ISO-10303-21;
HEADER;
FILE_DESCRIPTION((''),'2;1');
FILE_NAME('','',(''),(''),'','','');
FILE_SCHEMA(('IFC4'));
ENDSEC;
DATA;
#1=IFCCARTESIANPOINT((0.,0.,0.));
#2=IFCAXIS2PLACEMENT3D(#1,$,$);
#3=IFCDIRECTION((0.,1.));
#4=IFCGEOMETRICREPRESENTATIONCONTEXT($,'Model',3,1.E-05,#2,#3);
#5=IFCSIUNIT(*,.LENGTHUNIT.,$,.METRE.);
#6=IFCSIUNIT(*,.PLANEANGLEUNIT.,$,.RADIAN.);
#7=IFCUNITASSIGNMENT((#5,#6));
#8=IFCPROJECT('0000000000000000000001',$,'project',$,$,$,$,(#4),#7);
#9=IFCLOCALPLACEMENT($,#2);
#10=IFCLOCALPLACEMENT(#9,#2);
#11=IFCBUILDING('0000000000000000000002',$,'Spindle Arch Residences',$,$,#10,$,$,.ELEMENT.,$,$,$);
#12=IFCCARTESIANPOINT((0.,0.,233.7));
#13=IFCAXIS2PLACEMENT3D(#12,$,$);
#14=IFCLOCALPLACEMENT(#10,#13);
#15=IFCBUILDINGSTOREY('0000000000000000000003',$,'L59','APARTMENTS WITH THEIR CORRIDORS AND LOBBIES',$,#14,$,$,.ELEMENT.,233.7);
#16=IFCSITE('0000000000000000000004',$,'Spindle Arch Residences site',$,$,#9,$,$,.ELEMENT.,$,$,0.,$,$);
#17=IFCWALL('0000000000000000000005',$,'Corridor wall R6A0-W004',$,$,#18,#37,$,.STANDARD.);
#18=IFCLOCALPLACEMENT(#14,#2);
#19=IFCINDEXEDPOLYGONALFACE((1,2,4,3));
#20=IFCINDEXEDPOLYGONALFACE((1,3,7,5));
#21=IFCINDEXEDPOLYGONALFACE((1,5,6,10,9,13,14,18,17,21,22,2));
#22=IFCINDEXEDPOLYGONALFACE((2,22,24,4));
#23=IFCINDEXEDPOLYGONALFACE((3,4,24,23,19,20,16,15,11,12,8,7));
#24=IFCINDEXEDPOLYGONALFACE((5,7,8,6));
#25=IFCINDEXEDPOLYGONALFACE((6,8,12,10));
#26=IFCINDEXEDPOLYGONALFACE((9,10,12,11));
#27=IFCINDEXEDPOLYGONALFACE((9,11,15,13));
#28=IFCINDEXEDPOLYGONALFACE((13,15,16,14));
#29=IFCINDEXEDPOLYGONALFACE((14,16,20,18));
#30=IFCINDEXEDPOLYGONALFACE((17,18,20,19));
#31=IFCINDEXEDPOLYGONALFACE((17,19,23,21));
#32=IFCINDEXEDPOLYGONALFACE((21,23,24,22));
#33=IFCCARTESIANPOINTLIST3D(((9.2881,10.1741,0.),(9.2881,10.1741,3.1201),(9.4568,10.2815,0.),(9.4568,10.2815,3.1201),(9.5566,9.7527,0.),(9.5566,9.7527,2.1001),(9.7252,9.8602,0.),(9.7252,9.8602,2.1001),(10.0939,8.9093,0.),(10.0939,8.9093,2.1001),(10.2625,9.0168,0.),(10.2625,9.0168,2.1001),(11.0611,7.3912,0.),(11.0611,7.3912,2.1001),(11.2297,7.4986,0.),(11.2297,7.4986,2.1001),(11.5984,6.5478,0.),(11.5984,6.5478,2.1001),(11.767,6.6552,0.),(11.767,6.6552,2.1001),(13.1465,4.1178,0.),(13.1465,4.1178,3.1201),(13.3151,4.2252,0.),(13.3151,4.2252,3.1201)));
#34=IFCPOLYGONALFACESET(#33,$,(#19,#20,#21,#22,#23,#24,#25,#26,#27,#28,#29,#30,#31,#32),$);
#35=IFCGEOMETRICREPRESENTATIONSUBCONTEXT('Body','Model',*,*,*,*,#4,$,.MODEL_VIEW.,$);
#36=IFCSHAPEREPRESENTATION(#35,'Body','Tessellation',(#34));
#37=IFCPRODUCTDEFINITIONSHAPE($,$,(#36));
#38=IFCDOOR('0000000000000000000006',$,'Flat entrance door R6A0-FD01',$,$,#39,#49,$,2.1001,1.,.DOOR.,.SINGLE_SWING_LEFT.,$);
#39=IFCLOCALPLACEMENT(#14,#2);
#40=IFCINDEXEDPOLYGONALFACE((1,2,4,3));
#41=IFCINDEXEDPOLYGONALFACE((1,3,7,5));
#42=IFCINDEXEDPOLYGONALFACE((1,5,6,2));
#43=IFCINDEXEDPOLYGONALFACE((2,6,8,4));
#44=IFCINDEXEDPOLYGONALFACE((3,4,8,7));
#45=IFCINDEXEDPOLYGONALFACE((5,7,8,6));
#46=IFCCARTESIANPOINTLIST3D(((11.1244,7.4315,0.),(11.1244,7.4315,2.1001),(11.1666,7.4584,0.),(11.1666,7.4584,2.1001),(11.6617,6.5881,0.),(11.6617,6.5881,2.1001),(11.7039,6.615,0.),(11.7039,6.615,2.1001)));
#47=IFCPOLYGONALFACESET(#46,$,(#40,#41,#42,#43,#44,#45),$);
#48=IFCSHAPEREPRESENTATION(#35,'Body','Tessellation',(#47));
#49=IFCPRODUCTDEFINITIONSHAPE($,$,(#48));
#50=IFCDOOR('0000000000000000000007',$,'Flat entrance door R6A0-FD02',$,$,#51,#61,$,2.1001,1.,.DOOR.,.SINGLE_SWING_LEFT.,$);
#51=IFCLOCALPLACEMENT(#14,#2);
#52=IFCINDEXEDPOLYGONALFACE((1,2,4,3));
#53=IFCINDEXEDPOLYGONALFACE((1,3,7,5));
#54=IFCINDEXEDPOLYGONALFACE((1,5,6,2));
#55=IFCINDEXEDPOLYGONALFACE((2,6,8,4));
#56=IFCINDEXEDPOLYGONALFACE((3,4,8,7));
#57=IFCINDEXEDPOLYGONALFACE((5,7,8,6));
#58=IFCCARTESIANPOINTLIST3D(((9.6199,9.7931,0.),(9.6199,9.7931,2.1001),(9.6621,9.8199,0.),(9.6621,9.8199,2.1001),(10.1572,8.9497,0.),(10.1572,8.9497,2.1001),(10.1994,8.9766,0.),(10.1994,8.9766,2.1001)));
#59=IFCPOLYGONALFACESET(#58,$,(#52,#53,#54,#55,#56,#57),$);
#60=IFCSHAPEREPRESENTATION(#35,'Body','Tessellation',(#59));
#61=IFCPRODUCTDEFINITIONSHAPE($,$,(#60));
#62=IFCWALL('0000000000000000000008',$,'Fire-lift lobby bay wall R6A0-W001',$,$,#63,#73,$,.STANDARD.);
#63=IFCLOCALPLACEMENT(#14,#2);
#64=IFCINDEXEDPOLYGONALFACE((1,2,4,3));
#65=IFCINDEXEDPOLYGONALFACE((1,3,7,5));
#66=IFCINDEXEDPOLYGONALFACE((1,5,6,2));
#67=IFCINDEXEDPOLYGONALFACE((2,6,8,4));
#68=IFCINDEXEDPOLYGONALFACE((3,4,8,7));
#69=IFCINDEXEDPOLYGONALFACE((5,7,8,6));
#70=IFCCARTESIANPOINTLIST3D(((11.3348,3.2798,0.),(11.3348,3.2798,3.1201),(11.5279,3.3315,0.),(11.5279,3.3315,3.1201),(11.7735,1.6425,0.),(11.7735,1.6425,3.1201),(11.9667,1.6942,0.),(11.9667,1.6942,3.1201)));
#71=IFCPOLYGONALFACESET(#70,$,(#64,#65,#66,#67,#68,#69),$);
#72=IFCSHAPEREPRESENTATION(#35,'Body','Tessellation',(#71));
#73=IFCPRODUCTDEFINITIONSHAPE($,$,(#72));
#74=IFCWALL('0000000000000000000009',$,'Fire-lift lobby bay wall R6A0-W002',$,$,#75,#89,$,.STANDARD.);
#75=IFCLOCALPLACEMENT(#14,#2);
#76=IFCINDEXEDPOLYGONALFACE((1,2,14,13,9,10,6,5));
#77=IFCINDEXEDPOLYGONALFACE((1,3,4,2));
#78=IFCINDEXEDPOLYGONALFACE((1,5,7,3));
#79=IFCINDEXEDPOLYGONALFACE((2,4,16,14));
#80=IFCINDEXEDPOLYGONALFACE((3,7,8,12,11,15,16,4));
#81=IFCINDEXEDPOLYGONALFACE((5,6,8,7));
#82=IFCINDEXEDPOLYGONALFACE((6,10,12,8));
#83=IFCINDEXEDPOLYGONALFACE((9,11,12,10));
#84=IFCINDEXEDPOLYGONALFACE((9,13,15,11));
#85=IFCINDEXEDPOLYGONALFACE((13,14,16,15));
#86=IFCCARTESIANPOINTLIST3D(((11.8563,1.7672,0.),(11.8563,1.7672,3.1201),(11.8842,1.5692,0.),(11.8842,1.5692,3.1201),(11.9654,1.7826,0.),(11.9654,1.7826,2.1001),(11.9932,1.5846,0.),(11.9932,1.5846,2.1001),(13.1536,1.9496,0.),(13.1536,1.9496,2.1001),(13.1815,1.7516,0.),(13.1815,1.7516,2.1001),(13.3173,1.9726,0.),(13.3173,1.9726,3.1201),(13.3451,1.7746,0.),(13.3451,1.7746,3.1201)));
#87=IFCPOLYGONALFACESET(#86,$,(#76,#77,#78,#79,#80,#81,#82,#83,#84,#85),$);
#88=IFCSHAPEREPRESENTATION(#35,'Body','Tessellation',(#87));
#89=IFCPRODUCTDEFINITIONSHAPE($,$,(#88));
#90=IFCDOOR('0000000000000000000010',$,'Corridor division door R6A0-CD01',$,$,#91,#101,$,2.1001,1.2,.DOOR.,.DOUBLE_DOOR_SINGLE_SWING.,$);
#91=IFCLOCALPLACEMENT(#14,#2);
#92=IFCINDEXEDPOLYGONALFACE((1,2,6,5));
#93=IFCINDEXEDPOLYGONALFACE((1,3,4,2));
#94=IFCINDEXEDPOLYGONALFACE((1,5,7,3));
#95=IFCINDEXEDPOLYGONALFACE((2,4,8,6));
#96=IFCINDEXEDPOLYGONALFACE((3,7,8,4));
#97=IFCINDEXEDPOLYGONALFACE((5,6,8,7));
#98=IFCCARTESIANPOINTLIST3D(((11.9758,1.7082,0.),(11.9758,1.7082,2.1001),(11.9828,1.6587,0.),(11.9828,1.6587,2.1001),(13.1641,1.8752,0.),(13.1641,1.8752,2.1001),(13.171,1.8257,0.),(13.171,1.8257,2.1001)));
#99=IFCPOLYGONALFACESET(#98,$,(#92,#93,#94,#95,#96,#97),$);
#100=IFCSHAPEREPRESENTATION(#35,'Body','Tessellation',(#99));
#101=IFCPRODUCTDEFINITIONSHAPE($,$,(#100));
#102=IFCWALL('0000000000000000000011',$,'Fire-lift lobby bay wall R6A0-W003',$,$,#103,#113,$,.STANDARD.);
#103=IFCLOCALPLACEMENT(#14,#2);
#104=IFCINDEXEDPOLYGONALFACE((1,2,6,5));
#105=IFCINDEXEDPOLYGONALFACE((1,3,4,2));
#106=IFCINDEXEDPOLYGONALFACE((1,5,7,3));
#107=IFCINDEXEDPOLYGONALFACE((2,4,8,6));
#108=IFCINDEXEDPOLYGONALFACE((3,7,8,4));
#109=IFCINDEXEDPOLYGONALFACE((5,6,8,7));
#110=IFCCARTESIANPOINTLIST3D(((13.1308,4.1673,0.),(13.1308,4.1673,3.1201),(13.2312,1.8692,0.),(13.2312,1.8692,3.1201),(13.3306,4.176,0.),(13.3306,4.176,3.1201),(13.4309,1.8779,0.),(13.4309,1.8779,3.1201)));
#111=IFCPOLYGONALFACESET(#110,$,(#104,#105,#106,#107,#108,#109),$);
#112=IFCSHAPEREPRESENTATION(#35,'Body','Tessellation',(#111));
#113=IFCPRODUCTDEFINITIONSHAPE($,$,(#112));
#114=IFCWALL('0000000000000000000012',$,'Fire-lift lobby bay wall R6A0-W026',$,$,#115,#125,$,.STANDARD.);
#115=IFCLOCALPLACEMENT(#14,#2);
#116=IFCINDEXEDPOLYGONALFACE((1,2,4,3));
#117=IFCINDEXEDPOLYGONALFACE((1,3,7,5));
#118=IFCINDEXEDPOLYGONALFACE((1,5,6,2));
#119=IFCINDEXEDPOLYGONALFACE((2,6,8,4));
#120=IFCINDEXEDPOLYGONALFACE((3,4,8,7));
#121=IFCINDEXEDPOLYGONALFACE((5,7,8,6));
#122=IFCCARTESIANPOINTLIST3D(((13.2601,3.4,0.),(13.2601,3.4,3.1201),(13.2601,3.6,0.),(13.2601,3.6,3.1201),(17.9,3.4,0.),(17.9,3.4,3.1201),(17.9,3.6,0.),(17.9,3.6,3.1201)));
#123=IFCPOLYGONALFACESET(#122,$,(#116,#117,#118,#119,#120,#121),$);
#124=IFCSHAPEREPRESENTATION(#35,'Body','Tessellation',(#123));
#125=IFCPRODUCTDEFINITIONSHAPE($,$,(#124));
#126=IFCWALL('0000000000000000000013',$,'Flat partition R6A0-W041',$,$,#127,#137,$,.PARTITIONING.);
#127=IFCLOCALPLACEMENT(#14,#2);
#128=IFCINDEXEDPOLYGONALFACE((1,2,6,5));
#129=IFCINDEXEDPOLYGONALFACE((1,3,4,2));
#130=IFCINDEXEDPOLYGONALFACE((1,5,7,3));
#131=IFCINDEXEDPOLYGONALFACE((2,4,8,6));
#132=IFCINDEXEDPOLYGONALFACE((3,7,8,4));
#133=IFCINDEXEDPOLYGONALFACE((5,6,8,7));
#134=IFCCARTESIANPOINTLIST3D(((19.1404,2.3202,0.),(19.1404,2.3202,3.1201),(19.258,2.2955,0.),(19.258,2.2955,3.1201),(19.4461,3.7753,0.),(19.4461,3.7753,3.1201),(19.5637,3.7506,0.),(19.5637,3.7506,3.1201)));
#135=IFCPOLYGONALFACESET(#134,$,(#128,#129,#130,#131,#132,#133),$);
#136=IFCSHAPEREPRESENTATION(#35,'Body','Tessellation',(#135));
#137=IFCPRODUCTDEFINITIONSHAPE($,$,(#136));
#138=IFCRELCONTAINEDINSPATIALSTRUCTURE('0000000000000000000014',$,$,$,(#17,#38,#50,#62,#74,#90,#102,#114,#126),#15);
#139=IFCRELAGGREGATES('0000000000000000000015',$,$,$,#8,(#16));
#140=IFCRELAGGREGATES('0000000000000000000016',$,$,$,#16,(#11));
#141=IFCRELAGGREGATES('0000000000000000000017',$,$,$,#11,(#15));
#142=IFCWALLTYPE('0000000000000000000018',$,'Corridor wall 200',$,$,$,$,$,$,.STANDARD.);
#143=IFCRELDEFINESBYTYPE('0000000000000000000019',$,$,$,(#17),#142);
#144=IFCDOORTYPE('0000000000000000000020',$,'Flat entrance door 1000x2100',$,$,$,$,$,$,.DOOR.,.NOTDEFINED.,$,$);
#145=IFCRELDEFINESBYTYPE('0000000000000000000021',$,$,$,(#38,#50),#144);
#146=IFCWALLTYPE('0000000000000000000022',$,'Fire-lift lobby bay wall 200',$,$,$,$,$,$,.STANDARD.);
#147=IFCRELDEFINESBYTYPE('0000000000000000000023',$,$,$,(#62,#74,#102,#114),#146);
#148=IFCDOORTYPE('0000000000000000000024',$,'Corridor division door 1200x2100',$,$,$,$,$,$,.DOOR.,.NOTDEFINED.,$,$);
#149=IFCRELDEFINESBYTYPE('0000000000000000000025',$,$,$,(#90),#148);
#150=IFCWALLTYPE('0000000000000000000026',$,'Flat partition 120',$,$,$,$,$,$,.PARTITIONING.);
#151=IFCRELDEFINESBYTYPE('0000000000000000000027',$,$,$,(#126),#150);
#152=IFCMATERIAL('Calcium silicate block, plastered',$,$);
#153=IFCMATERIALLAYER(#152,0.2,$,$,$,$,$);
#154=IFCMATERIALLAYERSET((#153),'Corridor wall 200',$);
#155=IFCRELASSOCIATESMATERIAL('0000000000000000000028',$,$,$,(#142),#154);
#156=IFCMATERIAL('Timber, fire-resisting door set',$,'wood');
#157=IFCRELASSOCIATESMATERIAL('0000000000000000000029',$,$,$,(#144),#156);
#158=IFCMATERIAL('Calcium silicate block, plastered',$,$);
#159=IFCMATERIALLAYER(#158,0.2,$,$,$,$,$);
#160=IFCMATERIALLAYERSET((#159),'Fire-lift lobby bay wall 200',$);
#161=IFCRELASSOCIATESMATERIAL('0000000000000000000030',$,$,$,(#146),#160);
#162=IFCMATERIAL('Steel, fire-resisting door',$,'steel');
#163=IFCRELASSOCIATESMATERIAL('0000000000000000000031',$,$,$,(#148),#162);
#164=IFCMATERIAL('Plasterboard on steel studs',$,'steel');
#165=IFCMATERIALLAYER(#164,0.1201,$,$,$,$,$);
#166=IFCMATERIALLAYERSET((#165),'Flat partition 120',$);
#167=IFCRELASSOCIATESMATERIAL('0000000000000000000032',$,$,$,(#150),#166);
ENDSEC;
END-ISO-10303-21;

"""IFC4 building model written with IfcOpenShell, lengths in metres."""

from ifc_helpers import new_model, si_unit, direction, frame, frame_2d, origin, place, context, subcontext, project, spatial, rectangle, extrude, material, layer, layer_set, type_object, element, fill, save


model = new_model("IFC4")

# Units and contexts
model_context = context("Model", 3, precision=1e-05, world=origin(), true_north=direction((0.0, 1.0)))
body_context = subcontext(model_context, "Body", "Model", "MODEL_VIEW")
ifc_project = project(units=[si_unit("LENGTHUNIT", "METRE"), si_unit("PLANEANGLEUNIT", "RADIAN")], contexts=[model_context])

# Site, building, storey
site_placement = place(None, origin())
site = spatial("IfcSite", under=ifc_project, at=site_placement, Name="Spindle Arch Residences site", CompositionType="ELEMENT", RefElevation=0.0)
building_placement = place(site_placement, origin())
building = spatial("IfcBuilding", under=site, at=building_placement, Name="Spindle Arch Residences", CompositionType="ELEMENT")
storey_placement = place(building_placement, frame((0.0, 0.0, 233.7)))
storey = spatial("IfcBuildingStorey", under=building, at=storey_placement, Name="L59", Description="APARTMENTS WITH THEIR CORRIDORS AND LOBBIES", CompositionType="ELEMENT", Elevation=233.7)

# Wall, openings, doors
ifc_material_1 = material(Name="Calcium silicate block, plastered")
ifc_layer_1 = layer(ifc_material_1, 0.2)
ifc_layer_set_1 = layer_set([ifc_layer_1], Name="Corridor wall 200")
wall_type_1 = type_object("IfcWallType", Name="Corridor wall 200", PredefinedType="STANDARD", material=ifc_layer_set_1)
wall_1_placement = place(storey_placement, frame((13.2307, 4.1716, 0.0), z_axis=(0.0, 0.0, 1.0), x_axis=(-0.537304, 0.843388, 0.0)))
wall_1 = element("IfcWall", 1, at=wall_1_placement, inside=storey, type_object=wall_type_1, Name="Corridor wall R6A0-W004", PredefinedType="STANDARD", context=body_context, shape_type="SweptSolid", body=[
    extrude(rectangle(XDim=7.1809, YDim=0.2, at=frame_2d((3.5903, 0.0))), origin(), (0.0, 0.0, 1.0), 3.1201),
])
opening_1_placement = place(wall_1_placement, frame((2.8811, 0.0, 0.0)))
opening_1 = element("IfcOpeningElement", 2, at=opening_1_placement, cuts=wall_1, PredefinedType="OPENING", context=body_context, shape_type="SweptSolid", body=[
    extrude(rectangle(XDim=1.0, YDim=2.1001, at=frame_2d((0.5, 1.05))), frame((0.0, 0.1099, 0.0), z_axis=(0.0, -1.0, 0.0), x_axis=(1.0, 0.0, 0.0)), (0.0, 0.0, 1.0), 0.22),
])
opening_2_placement = place(wall_1_placement, frame((5.6812, 0.0, 0.0)))
opening_2 = element("IfcOpeningElement", 3, at=opening_2_placement, cuts=wall_1, PredefinedType="OPENING", context=body_context, shape_type="SweptSolid", body=[
    extrude(rectangle(XDim=1.0, YDim=2.1001, at=frame_2d((0.5, 1.05))), frame((0.0, 0.1099, 0.0), z_axis=(0.0, -1.0, 0.0), x_axis=(1.0, 0.0, 0.0)), (0.0, 0.0, 1.0), 0.22),
])
ifc_material_2 = material(Name="Timber, fire-resisting door set", Category="wood")
door_type_1 = type_object("IfcDoorType", Name="Flat entrance door 1000x2100", OperationType="NOTDEFINED", PredefinedType="DOOR", material=ifc_material_2)
door_1_placement = place(opening_1_placement, origin())
door_1 = element("IfcDoor", 4, at=door_1_placement, inside=storey, type_object=door_type_1, Name="Flat entrance door R6A0-FD01", OperationType="SINGLE_SWING_LEFT", OverallHeight=2.1001, OverallWidth=1.0, PredefinedType="DOOR", context=body_context, shape_type="SweptSolid", body=[
    extrude(rectangle(XDim=1.0, YDim=2.1001, at=frame_2d((0.5, 1.05))), frame((0.0, 0.0249, 0.0), z_axis=(0.0, -1.0, 0.0), x_axis=(1.0, 0.0, 0.0)), (0.0, 0.0, 1.0), 0.05),
])
fill(opening_1, door_1)
door_2_placement = place(opening_2_placement, origin())
door_2 = element("IfcDoor", 5, at=door_2_placement, inside=storey, type_object=door_type_1, Name="Flat entrance door R6A0-FD02", OperationType="SINGLE_SWING_LEFT", OverallHeight=2.1001, OverallWidth=1.0, PredefinedType="DOOR", context=body_context, shape_type="SweptSolid", body=[
    extrude(rectangle(XDim=1.0, YDim=2.1001, at=frame_2d((0.5, 1.05))), frame((0.0, 0.0249, 0.0), z_axis=(0.0, -1.0, 0.0), x_axis=(1.0, 0.0, 0.0)), (0.0, 0.0, 1.0), 0.05),
])
fill(opening_2, door_2)

# Wall
ifc_material_3 = material(Name="Calcium silicate block, plastered")
ifc_layer_2 = layer(ifc_material_3, 0.2)
ifc_layer_set_2 = layer_set([ifc_layer_2], Name="Fire-lift lobby bay wall 200")
wall_type_2 = type_object("IfcWallType", Name="Fire-lift lobby bay wall 200", PredefinedType="STANDARD", material=ifc_layer_set_2)
wall_2_placement = place(storey_placement, frame((11.8701, 1.6682, 0.0), z_axis=(0.0, 0.0, 1.0), x_axis=(-0.258837, 0.965921, 0.0)))
element("IfcWall", 6, at=wall_2_placement, inside=storey, type_object=wall_type_2, Name="Fire-lift lobby bay wall R6A0-W001", PredefinedType="STANDARD", context=body_context, shape_type="SweptSolid", body=[
    extrude(rectangle(XDim=1.6951, YDim=0.2, at=frame_2d((0.8477, 0.0))), origin(), (0.0, 0.0, 1.0), 3.1201),
])

# Wall, opening, door
wall_3_placement = place(storey_placement, frame((11.8701, 1.6682, 0.0), z_axis=(0.0, 0.0, 1.0), x_axis=(0.990268, 0.139174, 0.0)))
wall_3 = element("IfcWall", 7, at=wall_3_placement, inside=storey, type_object=wall_type_2, Name="Fire-lift lobby bay wall R6A0-W002", PredefinedType="STANDARD", context=body_context, shape_type="SweptSolid", body=[
    extrude(rectangle(XDim=1.4753, YDim=0.2, at=frame_2d((0.7378, 0.0))), origin(), (0.0, 0.0, 1.0), 3.1201),
])
opening_3_placement = place(wall_3_placement, frame((0.1101, 0.0, 0.0)))
opening_3 = element("IfcOpeningElement", 8, at=opening_3_placement, cuts=wall_3, PredefinedType="OPENING", context=body_context, shape_type="SweptSolid", body=[
    extrude(rectangle(XDim=1.2, YDim=2.1001, at=frame_2d((0.6001, 1.05))), frame((0.0, 0.1099, 0.0), z_axis=(0.0, -1.0, 0.0), x_axis=(1.0, 0.0, 0.0)), (0.0, 0.0, 1.0), 0.22),
])
ifc_material_4 = material(Name="Steel, fire-resisting door", Category="steel")
door_type_2 = type_object("IfcDoorType", Name="Corridor division door 1200x2100", OperationType="NOTDEFINED", PredefinedType="DOOR", material=ifc_material_4)
door_3_placement = place(opening_3_placement, origin())
door_3 = element("IfcDoor", 9, at=door_3_placement, inside=storey, type_object=door_type_2, Name="Corridor division door R6A0-CD01", OperationType="DOUBLE_DOOR_SINGLE_SWING", OverallHeight=2.1001, OverallWidth=1.2, PredefinedType="DOOR", context=body_context, shape_type="SweptSolid", body=[
    extrude(rectangle(XDim=1.2, YDim=2.1001, at=frame_2d((0.6001, 1.05))), frame((0.0, 0.0249, 0.0), z_axis=(0.0, -1.0, 0.0), x_axis=(1.0, 0.0, 0.0)), (0.0, 0.0, 1.0), 0.05),
])
fill(opening_3, door_3)

# Walls
wall_4_placement = place(storey_placement, frame((13.3311, 1.8735, 0.0), z_axis=(0.0, 0.0, 1.0), x_axis=(-0.043621, 0.999048, 0.0)))
element("IfcWall", 10, at=wall_4_placement, inside=storey, type_object=wall_type_2, Name="Fire-lift lobby bay wall R6A0-W003", PredefinedType="STANDARD", context=body_context, shape_type="SweptSolid", body=[
    extrude(rectangle(XDim=2.3003, YDim=0.2, at=frame_2d((1.1501, 0.0))), origin(), (0.0, 0.0, 1.0), 3.1201),
])
wall_5_placement = place(storey_placement, frame((17.8999, 3.5, 0.0), z_axis=(0.0, 0.0, 1.0), x_axis=(-1.0, 0.0, 0.0)))
element("IfcWall", 11, at=wall_5_placement, inside=storey, type_object=wall_type_2, Name="Fire-lift lobby bay wall R6A0-W026", PredefinedType="STANDARD", context=body_context, shape_type="SweptSolid", body=[
    extrude(rectangle(XDim=4.6399, YDim=0.2, at=frame_2d((2.3198, 0.0))), origin(), (0.0, 0.0, 1.0), 3.1201),
])
ifc_material_5 = material(Name="Plasterboard on steel studs", Category="steel")
ifc_layer_3 = layer(ifc_material_5, 0.1201)
ifc_layer_set_3 = layer_set([ifc_layer_3], Name="Flat partition 120")
wall_type_3 = type_object("IfcWallType", Name="Flat partition 120", PredefinedType="PARTITIONING", material=ifc_layer_set_3)
wall_6_placement = place(storey_placement, frame((19.1992, 2.3079, 0.0), z_axis=(0.0, 0.0, 1.0), x_axis=(0.20558, 0.97864, 0.0)))
element("IfcWall", 12, at=wall_6_placement, inside=storey, type_object=wall_type_3, Name="Flat partition R6A0-W041", PredefinedType="PARTITIONING", context=body_context, shape_type="SweptSolid", body=[
    extrude(rectangle(XDim=1.4868, YDim=0.1201, at=frame_2d((0.7434, 0.0))), origin(), (0.0, 0.0, 1.0), 3.1201),
])

save(model, "model.ifc")
